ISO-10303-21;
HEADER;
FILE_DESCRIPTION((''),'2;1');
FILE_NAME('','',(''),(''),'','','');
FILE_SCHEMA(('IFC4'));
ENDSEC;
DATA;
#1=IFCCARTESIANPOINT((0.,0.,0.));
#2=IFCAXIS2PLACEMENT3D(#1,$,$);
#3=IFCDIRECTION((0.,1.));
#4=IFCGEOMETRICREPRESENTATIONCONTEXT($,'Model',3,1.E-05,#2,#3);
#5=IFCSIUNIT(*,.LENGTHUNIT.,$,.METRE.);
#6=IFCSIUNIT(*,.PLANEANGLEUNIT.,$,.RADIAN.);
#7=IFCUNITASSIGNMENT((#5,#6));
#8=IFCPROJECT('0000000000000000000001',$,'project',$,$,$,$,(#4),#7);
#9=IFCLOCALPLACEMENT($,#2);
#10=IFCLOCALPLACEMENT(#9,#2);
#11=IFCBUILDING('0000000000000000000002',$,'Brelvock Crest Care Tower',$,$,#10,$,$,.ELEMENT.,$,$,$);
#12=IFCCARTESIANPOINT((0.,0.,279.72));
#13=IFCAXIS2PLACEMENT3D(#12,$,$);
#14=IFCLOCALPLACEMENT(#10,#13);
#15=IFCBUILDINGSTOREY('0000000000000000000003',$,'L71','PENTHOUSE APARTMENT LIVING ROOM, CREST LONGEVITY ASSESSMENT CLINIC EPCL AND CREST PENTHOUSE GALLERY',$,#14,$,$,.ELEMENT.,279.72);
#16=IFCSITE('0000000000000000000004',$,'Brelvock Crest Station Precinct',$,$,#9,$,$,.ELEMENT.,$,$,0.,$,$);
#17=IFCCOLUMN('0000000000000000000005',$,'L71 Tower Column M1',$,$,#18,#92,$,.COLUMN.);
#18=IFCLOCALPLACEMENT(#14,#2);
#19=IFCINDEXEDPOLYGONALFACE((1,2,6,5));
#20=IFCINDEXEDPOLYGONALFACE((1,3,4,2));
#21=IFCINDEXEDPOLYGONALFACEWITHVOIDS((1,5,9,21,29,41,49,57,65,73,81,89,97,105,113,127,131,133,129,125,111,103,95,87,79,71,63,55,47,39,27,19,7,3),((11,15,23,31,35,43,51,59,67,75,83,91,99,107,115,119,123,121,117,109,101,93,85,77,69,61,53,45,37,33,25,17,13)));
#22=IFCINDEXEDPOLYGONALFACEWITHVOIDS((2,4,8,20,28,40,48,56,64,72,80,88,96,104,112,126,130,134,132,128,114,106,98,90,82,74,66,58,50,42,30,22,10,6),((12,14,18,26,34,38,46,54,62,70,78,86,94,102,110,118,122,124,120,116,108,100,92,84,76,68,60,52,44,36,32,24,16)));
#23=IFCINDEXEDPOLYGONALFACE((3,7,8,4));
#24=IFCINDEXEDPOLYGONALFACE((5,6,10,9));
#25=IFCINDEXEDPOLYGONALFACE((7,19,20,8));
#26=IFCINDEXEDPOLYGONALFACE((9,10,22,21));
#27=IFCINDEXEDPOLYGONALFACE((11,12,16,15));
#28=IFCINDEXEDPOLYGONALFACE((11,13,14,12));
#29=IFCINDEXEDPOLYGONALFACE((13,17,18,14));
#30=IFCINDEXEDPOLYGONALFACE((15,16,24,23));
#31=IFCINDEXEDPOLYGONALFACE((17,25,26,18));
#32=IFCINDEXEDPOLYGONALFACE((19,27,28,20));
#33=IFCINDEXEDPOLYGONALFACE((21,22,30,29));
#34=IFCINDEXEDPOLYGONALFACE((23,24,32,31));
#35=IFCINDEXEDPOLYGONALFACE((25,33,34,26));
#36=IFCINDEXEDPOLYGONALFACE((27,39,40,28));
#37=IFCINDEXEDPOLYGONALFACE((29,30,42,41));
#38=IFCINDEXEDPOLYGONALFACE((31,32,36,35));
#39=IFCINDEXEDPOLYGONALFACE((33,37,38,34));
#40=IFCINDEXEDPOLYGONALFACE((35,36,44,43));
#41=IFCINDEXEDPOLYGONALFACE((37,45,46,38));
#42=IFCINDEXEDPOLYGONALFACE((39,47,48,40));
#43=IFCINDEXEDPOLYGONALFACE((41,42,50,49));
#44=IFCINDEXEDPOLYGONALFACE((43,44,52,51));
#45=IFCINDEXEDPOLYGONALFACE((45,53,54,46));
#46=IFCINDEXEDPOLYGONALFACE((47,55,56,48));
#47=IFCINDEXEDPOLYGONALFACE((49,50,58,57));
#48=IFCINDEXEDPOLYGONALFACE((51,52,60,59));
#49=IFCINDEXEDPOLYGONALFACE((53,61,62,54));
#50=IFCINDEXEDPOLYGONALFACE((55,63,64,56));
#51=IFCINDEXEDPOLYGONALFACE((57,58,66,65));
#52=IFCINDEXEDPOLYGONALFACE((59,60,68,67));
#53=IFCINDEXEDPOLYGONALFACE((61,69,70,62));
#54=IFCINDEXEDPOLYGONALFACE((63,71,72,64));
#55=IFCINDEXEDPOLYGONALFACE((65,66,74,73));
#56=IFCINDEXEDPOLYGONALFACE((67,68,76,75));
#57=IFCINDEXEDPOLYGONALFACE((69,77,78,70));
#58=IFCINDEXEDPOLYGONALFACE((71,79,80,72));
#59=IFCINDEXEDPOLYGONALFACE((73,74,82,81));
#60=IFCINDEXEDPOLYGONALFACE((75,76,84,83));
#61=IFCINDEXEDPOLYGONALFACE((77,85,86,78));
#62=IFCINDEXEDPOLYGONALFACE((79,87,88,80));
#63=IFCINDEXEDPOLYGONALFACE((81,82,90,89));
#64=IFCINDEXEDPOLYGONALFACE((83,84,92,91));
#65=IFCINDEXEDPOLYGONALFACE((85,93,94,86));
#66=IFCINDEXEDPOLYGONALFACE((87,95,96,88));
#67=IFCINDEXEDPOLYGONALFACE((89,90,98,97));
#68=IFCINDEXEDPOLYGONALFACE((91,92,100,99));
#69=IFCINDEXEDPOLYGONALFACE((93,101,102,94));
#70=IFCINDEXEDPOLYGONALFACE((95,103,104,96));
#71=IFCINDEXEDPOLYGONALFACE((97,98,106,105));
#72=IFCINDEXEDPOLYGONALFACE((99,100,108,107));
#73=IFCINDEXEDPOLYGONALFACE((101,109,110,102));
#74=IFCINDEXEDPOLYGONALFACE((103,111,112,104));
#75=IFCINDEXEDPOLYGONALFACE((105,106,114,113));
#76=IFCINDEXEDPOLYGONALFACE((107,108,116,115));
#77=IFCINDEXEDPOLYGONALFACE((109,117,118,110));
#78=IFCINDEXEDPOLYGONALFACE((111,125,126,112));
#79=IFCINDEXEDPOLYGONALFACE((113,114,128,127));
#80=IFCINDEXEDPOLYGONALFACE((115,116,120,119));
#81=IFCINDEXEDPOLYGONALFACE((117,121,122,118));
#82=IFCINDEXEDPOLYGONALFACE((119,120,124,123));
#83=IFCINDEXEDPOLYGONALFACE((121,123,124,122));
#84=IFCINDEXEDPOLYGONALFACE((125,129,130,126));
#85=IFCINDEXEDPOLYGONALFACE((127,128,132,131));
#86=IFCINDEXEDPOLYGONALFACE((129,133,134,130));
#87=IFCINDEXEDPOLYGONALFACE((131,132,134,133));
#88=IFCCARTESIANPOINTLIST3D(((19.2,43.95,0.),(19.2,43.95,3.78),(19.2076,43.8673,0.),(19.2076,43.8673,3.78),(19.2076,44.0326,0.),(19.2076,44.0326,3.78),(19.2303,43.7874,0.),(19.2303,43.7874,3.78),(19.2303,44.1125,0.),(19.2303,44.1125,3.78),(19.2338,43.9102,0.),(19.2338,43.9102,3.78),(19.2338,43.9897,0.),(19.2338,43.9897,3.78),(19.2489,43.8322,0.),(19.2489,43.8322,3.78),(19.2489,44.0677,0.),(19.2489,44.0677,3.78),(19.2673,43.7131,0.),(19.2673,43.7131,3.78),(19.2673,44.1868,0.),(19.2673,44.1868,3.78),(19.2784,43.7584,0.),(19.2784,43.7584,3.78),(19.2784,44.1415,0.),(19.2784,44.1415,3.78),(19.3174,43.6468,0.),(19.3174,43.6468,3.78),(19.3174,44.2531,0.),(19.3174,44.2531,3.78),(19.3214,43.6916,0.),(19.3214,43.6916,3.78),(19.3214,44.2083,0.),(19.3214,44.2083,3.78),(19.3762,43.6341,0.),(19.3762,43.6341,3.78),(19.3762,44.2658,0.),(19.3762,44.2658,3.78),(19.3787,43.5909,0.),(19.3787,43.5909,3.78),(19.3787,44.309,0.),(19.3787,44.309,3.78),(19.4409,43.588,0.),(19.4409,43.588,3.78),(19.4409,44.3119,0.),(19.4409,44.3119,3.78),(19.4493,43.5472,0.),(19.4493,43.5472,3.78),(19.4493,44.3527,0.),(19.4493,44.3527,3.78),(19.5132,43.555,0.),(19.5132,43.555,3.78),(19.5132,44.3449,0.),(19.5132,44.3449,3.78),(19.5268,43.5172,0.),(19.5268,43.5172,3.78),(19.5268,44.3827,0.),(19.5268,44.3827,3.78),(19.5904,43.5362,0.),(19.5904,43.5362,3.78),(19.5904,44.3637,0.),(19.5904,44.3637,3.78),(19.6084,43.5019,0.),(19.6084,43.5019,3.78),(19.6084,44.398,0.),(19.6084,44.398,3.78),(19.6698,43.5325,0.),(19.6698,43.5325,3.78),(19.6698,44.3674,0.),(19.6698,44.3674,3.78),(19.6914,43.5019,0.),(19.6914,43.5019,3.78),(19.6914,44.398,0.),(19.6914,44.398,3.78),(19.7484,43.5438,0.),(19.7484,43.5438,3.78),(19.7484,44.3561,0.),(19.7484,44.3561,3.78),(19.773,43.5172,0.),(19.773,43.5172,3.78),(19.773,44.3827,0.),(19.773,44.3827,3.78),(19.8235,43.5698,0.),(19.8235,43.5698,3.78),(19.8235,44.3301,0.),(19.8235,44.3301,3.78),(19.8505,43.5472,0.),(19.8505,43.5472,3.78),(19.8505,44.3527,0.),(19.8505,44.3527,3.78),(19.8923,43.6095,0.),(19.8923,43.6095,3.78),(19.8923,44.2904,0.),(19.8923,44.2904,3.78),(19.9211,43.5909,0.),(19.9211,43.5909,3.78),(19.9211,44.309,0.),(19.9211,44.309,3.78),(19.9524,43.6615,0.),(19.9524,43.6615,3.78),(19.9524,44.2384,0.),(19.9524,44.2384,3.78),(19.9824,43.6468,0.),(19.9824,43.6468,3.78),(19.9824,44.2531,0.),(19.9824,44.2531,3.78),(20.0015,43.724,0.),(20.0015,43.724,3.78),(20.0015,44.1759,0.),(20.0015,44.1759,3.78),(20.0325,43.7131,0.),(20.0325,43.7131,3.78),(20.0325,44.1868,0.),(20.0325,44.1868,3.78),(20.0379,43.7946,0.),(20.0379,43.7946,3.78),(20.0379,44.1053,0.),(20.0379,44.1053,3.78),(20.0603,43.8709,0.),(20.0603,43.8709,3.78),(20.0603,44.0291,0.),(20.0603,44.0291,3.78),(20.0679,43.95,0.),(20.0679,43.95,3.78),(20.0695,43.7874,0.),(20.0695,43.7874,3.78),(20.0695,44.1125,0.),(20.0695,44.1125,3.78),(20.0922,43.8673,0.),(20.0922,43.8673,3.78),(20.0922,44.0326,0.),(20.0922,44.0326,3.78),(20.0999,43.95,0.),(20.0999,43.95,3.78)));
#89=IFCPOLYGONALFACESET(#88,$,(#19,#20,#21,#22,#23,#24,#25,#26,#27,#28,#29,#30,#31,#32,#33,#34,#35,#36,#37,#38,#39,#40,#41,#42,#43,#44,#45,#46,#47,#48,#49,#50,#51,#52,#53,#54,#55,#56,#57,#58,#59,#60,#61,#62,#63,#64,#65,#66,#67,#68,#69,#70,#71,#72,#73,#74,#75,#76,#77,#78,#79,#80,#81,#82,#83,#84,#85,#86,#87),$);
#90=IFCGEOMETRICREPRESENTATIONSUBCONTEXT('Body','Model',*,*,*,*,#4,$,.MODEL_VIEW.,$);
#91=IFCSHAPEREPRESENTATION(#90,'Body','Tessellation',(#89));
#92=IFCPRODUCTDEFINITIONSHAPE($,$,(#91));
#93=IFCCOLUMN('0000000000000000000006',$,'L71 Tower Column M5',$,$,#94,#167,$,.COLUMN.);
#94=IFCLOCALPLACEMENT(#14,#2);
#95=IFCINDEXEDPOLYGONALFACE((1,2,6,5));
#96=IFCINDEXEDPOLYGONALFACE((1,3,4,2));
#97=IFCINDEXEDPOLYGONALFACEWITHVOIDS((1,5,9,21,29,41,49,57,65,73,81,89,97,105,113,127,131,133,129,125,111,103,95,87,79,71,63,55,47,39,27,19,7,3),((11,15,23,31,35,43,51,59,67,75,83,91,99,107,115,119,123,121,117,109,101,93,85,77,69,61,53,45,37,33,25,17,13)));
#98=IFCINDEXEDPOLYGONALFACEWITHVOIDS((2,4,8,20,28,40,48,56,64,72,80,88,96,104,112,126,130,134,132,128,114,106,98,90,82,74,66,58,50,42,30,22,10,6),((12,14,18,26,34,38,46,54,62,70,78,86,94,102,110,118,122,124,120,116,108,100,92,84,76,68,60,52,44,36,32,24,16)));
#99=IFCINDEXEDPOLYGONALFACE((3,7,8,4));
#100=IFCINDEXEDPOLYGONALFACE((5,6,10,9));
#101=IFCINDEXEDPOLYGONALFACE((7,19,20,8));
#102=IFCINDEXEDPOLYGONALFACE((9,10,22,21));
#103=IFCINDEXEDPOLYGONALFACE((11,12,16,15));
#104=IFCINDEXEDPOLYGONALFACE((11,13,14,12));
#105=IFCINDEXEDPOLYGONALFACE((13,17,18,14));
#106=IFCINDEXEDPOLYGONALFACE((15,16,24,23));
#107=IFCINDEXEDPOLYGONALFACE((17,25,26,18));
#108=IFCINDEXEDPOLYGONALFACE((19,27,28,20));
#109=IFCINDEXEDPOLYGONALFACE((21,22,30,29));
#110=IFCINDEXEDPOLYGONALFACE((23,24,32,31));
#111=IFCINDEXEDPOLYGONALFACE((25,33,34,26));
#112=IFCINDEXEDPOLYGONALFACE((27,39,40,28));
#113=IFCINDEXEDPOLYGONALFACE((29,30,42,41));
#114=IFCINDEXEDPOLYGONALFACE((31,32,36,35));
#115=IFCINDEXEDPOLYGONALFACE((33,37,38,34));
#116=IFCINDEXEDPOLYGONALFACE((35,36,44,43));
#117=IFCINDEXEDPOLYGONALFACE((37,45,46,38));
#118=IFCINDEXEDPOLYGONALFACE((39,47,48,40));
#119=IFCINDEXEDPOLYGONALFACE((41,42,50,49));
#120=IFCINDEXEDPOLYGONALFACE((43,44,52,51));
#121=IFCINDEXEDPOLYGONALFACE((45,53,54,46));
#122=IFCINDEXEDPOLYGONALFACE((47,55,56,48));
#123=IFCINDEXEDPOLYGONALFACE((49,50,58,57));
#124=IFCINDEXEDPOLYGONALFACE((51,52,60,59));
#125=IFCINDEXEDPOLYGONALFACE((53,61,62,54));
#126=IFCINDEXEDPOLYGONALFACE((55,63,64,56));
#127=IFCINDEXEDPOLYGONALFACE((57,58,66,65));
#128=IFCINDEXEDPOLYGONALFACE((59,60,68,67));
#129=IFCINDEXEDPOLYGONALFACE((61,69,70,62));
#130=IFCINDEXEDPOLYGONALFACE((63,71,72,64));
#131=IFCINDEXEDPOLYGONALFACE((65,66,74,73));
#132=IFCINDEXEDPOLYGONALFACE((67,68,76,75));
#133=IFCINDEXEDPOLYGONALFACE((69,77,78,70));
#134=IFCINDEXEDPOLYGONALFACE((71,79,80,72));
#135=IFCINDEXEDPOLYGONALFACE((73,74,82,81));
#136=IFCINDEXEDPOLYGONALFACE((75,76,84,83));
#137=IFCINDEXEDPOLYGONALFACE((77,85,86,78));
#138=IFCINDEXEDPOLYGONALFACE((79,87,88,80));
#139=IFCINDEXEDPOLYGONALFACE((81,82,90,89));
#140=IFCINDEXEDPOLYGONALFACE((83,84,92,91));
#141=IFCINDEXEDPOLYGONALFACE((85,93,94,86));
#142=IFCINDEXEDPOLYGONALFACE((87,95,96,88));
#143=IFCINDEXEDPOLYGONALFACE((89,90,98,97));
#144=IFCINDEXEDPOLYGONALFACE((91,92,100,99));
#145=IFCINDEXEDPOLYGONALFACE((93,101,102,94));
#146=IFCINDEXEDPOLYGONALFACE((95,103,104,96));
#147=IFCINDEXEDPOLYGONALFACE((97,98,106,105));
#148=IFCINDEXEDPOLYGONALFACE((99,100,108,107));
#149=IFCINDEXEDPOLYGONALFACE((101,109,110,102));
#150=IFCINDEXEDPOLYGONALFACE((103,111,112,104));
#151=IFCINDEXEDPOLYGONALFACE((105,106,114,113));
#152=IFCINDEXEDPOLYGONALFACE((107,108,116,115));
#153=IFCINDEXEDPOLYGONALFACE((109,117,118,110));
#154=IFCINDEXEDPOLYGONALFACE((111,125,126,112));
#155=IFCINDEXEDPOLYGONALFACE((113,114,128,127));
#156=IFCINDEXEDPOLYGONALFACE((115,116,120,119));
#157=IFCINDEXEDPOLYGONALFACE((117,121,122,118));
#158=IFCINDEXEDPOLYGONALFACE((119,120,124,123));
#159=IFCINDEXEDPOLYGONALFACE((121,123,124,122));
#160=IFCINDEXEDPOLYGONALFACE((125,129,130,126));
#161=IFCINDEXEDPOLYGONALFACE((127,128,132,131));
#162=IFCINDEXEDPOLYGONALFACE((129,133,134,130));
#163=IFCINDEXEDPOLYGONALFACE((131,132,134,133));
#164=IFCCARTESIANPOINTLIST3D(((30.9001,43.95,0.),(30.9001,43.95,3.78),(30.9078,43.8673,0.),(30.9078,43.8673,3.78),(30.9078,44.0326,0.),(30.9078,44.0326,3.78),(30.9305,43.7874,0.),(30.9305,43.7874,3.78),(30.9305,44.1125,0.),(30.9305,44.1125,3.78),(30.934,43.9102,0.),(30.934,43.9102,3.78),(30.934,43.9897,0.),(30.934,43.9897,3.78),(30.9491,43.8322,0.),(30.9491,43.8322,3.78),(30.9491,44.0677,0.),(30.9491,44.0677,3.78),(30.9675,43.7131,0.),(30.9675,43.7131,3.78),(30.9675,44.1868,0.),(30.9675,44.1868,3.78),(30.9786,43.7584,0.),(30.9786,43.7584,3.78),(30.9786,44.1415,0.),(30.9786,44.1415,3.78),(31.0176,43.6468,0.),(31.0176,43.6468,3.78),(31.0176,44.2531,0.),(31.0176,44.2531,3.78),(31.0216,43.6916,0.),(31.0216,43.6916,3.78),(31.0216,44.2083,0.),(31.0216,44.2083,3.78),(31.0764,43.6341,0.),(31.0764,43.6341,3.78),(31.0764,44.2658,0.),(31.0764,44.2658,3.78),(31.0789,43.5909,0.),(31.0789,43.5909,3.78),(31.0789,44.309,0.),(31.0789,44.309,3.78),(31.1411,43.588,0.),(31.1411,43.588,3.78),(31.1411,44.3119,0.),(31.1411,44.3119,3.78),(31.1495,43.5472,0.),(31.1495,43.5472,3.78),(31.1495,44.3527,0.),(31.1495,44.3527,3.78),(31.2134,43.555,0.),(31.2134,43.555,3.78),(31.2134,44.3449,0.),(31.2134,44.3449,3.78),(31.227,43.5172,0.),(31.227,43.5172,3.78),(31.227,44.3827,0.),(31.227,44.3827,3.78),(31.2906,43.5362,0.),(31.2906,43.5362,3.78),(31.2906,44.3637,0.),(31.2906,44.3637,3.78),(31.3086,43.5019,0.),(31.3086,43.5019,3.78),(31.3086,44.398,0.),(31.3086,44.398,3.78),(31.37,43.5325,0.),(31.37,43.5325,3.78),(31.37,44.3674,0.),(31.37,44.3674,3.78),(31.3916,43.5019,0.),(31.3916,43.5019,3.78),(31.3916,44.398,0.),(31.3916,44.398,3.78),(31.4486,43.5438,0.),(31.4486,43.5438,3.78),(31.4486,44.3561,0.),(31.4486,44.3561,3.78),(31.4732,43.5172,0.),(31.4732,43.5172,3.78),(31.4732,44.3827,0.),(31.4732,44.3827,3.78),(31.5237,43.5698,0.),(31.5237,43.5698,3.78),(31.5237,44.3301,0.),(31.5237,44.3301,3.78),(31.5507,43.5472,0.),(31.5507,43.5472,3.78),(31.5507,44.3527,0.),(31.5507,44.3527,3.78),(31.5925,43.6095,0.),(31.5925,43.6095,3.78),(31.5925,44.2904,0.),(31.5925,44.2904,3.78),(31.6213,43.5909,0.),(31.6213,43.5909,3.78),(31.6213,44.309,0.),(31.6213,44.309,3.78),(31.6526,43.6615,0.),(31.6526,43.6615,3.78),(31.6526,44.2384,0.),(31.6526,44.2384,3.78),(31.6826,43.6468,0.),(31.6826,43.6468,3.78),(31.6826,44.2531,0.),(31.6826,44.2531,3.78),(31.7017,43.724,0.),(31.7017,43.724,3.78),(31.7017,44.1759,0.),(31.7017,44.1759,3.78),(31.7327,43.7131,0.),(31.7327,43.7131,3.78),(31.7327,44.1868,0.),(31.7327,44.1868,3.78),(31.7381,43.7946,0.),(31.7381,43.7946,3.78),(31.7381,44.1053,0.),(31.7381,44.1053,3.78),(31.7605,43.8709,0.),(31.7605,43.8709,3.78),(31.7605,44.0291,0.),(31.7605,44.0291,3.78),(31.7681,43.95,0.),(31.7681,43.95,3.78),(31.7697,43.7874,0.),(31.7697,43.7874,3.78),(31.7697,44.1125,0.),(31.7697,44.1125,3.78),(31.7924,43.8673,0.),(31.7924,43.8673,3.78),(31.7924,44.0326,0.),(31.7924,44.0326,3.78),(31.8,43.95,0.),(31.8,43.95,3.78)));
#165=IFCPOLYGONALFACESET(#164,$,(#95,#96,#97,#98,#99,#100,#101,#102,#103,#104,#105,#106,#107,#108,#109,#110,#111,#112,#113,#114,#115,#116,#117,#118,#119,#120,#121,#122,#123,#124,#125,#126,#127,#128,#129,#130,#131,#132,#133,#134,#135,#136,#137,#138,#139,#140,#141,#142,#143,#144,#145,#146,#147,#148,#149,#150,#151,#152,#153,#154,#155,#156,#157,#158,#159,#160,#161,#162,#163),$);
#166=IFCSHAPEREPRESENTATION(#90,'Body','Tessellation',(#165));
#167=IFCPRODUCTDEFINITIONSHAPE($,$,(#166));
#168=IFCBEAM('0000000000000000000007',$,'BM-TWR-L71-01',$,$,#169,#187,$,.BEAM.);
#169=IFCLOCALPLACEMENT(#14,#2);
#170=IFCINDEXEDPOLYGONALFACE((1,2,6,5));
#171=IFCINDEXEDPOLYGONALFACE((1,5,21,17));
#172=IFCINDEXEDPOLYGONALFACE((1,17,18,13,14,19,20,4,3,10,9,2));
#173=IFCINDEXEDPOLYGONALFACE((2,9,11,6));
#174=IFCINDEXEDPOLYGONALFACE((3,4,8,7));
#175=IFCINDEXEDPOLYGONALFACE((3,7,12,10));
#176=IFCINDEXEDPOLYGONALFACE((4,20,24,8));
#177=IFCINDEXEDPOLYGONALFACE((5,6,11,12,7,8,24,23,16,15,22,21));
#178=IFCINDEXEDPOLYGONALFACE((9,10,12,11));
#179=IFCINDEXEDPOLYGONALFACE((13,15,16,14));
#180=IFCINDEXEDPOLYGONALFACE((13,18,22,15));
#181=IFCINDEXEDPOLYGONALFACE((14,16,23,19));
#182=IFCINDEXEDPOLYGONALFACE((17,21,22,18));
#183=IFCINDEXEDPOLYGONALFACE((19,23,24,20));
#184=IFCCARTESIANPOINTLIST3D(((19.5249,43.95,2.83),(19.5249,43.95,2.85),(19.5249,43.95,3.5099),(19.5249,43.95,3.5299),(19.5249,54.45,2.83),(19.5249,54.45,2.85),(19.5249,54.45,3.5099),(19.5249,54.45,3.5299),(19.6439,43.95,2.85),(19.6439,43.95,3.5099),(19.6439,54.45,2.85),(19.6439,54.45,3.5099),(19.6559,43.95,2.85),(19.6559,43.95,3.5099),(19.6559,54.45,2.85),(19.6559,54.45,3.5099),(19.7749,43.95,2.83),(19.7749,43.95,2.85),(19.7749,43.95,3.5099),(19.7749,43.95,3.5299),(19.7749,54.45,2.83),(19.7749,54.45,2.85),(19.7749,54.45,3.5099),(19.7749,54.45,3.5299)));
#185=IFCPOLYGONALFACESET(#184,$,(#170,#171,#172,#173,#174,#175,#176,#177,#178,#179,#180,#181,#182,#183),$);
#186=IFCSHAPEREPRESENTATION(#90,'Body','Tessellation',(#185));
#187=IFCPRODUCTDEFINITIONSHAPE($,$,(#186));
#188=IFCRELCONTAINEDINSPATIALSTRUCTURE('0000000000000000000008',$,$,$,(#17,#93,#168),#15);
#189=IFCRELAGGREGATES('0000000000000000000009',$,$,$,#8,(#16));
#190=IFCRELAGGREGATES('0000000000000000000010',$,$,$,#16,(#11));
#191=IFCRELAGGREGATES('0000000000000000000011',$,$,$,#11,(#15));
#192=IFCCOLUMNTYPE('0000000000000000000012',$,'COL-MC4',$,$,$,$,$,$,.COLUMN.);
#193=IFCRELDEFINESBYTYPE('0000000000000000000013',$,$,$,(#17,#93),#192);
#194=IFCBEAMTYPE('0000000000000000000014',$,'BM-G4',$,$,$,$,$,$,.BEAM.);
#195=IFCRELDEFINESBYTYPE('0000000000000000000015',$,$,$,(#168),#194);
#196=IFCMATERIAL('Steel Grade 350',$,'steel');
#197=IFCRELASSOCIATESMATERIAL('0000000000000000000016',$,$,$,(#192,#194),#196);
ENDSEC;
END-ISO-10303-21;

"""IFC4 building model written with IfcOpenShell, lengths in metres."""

from ifc_helpers import new_model, si_unit, direction, frame, origin, origin_2d, place, context, subcontext, project, spatial, hollow_circle, i_section, extrude, source, transform, mapped, material, material_profile, profile_set, type_object, element, save


model = new_model("IFC4")

# Units and contexts
model_context = context("Model", 3, precision=1e-05, world=origin(), true_north=direction((0.0, 1.0)))
body_context = subcontext(model_context, "Body", "Model", "MODEL_VIEW")
ifc_project = project(units=[si_unit("LENGTHUNIT", "METRE"), si_unit("PLANEANGLEUNIT", "RADIAN")], contexts=[model_context])

# Site, building, storey
site_placement = place(None, origin())
site = spatial("IfcSite", under=ifc_project, at=site_placement, Name="Brelvock Crest Station Precinct", CompositionType="ELEMENT", RefElevation=0.0)
building_placement = place(site_placement, origin())
building = spatial("IfcBuilding", under=site, at=building_placement, Name="Brelvock Crest Care Tower", CompositionType="ELEMENT")
storey_placement = place(building_placement, frame((0.0, 0.0, 279.72)))
storey = spatial("IfcBuildingStorey", under=building, at=storey_placement, Name="L71", Description="PENTHOUSE APARTMENT LIVING ROOM, CREST LONGEVITY ASSESSMENT CLINIC EPCL AND CREST PENTHOUSE GALLERY", CompositionType="ELEMENT", Elevation=279.72)

# Columns
ifc_material_1 = material(Name="Steel Grade 350", Category="steel")
ifc_material_profile_1 = material_profile(ifc_material_1, hollow_circle(Radius=0.45, WallThickness=0.032, at=origin_2d()), Name="CFT900x32")
ifc_profile_set_1 = profile_set([ifc_material_profile_1], Name="Steel Grade 350")
column_type = type_object("IfcColumnType", Name="COL-MC4", PredefinedType="COLUMN", material=ifc_profile_set_1)
shared_shape_1 = source(origin(), body_context, "Body", "SweptSolid", [
    extrude(hollow_circle(Radius=0.45, WallThickness=0.032, at=origin_2d()), origin(), (0.0, 0.0, 1.0), 3.78),
])
for number, where, z_axis, x_axis, name in (
    (1, (19.6499, 43.95, 0.0), (0.0, 0.0, 1.0), (1.0, 0.0, 0.0), "L71 Tower Column M1"),
    (2, (31.3501, 43.95, 0.0), (0.0, 0.0, 1.0), (1.0, 0.0, 0.0), "L71 Tower Column M5"),
):
    element("IfcColumn", number, at=place(storey_placement, frame(where, z_axis=z_axis, x_axis=x_axis)), inside=storey, type_object=column_type, Name=name, PredefinedType="COLUMN", context=body_context, shape_type="MappedRepresentation", body=[
        mapped(shared_shape_1, transform((0.0, 0.0, 0.0), x_axis=(1.0, 0.0, 0.0), y_axis=(0.0, 1.0, 0.0), z_axis=(0.0, 0.0, 1.0), scale=1.0)),
    ])

# Beam
ifc_material_profile_2 = material_profile(ifc_material_1, i_section(OverallWidth=0.25, OverallDepth=0.7, WebThickness=0.012, FlangeThickness=0.02, at=origin_2d()), Name="700WB150")
ifc_profile_set_2 = profile_set([ifc_material_profile_2], Name="Steel Grade 350")
beam_type_1 = type_object("IfcBeamType", Name="BM-G4", PredefinedType="BEAM", material=ifc_profile_set_2)
shared_shape_2 = source(origin(), body_context, "Body", "SweptSolid", [
    extrude(i_section(OverallWidth=0.25, OverallDepth=0.7, WebThickness=0.012, FlangeThickness=0.02, at=origin_2d()), origin(), (0.0, 0.0, 1.0), 10.5),
])
beam_1_placement = place(storey_placement, frame((19.6499, 43.95, 3.1799), z_axis=(0.0, 1.0, 0.0), x_axis=(-1.0, 0.0, 0.0)))
element("IfcBeam", 3, at=beam_1_placement, inside=storey, type_object=beam_type_1, Name="BM-TWR-L71-01", PredefinedType="BEAM", context=body_context, shape_type="MappedRepresentation", body=[
    mapped(shared_shape_2, transform((0.0, 0.0, 0.0), x_axis=(1.0, 0.0, 0.0), y_axis=(0.0, 1.0, 0.0), z_axis=(0.0, 0.0, 1.0), scale=1.0)),
])

save(model, "model.ifc")
